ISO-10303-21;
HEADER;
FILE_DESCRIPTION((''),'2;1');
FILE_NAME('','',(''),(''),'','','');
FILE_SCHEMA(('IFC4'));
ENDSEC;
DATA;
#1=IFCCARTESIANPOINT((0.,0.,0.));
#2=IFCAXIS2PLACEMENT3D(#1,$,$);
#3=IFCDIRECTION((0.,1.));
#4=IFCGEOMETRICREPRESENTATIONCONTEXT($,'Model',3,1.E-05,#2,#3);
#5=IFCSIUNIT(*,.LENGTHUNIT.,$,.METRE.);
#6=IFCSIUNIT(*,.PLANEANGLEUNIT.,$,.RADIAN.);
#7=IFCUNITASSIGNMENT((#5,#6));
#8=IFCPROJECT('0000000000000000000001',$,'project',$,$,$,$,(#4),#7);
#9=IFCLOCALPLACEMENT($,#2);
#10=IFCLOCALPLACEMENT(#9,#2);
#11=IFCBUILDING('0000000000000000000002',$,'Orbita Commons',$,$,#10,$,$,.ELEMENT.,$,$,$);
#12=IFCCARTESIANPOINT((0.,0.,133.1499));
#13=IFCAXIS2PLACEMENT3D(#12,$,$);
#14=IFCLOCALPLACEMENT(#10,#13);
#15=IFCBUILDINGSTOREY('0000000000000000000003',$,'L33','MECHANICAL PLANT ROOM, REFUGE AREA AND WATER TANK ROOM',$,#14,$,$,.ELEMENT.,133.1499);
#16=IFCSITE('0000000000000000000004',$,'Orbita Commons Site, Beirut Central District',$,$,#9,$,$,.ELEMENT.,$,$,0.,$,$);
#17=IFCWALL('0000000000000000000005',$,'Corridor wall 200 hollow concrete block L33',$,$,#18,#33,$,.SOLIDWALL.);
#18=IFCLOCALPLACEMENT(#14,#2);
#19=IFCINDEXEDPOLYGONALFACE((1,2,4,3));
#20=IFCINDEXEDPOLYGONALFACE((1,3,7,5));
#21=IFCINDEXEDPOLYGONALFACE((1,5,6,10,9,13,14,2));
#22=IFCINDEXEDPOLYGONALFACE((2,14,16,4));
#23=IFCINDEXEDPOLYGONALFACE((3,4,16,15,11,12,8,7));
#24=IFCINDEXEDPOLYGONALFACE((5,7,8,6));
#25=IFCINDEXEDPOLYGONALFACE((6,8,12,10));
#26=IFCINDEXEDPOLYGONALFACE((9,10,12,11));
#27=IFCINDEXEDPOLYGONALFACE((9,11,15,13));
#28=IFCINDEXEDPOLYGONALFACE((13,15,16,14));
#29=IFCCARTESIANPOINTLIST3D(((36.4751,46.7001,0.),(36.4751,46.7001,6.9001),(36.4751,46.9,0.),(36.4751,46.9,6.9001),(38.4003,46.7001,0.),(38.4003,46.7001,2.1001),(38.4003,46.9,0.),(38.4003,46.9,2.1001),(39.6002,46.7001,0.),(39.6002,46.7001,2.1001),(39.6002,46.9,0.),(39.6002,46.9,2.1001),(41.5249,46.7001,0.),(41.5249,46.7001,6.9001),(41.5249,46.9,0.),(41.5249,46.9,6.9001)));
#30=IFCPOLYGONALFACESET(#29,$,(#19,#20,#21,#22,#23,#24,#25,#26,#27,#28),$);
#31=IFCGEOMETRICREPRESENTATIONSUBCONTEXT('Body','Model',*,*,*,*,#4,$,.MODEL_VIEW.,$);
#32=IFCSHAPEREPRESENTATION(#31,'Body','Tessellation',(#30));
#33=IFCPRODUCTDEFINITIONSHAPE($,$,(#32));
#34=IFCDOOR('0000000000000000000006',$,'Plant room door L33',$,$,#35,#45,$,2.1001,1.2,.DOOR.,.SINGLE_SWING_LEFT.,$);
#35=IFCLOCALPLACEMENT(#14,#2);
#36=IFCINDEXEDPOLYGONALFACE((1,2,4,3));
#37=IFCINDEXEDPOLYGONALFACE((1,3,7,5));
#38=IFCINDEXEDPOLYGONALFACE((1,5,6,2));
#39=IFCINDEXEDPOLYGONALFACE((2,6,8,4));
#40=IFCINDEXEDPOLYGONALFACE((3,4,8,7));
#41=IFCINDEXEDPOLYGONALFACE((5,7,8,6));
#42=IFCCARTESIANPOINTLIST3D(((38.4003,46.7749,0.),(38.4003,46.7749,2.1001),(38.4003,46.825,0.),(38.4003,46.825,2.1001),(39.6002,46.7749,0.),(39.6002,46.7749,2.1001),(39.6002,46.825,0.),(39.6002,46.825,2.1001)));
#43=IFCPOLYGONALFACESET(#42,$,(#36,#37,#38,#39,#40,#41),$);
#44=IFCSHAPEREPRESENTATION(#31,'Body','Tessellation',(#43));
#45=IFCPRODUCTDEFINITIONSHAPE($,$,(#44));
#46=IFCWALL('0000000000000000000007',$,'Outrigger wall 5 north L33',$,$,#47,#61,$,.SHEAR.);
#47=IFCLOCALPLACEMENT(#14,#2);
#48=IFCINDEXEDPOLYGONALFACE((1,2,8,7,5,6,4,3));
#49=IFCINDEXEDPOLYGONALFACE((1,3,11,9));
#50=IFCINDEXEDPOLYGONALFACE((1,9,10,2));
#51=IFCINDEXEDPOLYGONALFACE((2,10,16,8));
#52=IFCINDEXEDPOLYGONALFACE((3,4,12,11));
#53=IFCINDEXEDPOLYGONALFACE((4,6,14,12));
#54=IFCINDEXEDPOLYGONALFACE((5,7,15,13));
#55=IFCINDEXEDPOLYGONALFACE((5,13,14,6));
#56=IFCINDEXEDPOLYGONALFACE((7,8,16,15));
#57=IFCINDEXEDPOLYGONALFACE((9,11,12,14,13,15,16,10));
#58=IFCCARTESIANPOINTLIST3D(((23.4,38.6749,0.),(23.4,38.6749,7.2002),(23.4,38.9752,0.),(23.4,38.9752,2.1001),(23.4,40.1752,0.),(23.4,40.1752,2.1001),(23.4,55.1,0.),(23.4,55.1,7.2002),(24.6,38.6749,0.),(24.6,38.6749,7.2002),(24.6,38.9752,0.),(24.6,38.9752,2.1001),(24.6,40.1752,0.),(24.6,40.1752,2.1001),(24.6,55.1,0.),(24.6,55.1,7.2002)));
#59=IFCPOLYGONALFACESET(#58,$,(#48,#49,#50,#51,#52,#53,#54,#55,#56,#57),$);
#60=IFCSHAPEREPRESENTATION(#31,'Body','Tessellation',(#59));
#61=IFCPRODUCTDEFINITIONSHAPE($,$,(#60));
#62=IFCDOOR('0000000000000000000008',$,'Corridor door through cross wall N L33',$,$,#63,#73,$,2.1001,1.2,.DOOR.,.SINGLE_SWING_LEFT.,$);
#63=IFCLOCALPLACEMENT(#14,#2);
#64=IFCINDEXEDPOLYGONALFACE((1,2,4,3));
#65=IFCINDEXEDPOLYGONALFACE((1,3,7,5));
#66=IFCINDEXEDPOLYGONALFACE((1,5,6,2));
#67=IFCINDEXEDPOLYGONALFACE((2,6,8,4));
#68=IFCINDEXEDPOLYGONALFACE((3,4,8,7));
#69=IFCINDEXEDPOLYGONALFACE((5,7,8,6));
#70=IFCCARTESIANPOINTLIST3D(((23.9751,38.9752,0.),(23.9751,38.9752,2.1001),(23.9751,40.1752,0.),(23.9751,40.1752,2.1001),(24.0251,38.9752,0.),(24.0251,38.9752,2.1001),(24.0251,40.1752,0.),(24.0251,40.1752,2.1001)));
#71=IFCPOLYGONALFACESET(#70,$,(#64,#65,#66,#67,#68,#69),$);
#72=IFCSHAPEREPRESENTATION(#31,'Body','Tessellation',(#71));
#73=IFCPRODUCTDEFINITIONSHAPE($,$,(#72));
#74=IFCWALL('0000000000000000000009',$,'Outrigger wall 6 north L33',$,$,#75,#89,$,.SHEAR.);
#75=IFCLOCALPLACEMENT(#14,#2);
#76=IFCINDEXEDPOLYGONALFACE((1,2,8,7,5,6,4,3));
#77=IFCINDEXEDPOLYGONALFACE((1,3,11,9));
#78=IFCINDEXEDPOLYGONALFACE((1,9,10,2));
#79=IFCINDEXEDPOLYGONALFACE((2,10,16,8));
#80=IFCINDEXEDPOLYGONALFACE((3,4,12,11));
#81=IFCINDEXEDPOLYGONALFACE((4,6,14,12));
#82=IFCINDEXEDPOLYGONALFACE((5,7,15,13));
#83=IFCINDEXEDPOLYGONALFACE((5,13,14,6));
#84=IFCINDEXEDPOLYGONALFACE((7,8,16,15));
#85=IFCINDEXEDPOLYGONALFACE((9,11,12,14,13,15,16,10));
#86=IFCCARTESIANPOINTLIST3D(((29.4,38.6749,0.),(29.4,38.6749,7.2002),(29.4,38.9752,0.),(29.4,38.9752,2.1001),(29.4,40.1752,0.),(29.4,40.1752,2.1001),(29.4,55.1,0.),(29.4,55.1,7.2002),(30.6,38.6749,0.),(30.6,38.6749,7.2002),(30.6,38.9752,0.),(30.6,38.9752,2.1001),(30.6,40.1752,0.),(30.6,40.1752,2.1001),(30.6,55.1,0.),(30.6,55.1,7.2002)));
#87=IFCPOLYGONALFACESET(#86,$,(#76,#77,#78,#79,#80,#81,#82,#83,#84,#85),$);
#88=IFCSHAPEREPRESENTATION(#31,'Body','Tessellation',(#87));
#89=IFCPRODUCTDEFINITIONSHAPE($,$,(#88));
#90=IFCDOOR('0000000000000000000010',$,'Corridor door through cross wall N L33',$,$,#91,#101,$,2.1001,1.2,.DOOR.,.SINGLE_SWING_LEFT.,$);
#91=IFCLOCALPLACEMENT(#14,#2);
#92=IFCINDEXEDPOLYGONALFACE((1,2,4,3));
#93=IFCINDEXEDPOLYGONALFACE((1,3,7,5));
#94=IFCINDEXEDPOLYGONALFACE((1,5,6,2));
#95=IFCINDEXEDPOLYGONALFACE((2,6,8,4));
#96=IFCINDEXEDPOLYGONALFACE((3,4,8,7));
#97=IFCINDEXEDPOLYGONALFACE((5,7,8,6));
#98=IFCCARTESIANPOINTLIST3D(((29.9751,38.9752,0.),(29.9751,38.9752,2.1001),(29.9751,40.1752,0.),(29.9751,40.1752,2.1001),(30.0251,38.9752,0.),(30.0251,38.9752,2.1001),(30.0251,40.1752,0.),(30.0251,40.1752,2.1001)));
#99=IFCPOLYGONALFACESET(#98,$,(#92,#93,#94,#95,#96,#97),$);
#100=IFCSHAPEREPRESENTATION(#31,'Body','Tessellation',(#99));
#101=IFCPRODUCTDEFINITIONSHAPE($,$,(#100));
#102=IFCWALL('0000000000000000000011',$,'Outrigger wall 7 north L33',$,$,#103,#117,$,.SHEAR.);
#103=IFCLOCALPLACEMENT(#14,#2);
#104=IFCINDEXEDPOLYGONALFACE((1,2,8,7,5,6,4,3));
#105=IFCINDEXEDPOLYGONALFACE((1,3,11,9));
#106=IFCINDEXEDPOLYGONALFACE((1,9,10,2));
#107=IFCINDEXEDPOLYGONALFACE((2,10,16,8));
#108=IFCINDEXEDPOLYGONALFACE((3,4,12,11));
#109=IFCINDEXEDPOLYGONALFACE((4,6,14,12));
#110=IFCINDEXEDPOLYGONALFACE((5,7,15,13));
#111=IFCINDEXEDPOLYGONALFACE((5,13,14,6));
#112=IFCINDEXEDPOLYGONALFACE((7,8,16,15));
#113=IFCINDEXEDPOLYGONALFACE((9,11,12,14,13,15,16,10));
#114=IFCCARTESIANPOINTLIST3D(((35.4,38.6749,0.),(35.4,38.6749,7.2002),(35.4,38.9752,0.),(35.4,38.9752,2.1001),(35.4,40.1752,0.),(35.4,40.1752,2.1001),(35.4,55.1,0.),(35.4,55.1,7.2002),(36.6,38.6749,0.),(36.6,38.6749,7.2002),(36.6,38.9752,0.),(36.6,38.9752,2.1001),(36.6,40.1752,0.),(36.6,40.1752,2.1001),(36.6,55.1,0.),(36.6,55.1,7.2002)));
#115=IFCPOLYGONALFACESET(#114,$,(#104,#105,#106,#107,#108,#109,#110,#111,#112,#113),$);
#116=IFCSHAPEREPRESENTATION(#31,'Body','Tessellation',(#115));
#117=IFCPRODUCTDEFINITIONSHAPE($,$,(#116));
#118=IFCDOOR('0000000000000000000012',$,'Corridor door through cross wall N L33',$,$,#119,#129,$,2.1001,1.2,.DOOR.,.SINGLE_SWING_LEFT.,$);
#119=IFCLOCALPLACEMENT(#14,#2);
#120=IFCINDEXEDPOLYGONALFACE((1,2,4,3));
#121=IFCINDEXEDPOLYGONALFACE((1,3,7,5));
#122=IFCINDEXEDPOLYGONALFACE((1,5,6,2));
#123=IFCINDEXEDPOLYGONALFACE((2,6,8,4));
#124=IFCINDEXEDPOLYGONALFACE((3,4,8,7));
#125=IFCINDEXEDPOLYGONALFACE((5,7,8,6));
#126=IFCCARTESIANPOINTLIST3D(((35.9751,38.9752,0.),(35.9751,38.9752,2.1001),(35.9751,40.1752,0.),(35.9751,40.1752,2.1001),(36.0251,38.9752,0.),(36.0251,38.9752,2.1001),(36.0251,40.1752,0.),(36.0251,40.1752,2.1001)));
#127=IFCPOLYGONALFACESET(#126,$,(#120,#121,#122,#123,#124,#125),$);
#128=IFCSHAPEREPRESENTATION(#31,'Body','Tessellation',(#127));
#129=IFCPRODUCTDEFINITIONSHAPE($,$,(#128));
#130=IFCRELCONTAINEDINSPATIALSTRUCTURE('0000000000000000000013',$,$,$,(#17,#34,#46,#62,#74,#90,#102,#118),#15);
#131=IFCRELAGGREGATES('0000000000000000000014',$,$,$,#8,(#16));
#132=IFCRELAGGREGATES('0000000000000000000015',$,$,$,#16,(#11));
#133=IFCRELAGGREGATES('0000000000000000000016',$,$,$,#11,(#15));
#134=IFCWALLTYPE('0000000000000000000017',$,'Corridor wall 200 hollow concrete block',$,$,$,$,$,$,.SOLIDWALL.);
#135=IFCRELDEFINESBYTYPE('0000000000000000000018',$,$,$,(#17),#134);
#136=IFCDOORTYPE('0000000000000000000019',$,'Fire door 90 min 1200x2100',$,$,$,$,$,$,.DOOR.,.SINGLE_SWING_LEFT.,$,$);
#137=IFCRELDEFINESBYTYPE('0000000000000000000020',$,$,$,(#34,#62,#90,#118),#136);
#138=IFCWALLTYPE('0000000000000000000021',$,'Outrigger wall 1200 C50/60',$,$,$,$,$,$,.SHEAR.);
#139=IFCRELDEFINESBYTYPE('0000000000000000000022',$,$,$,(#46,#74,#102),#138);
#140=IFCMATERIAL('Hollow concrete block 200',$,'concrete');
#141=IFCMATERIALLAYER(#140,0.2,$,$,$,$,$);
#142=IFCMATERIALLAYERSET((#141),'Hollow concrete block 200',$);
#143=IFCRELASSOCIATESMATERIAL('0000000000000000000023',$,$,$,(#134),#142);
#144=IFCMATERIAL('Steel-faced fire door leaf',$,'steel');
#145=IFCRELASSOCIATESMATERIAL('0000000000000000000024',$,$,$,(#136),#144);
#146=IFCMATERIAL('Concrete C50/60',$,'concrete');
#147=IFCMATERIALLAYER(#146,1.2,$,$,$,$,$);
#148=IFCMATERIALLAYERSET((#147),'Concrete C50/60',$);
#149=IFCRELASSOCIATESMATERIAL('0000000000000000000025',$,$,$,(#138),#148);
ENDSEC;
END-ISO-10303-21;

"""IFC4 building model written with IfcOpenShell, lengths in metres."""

from ifc_helpers import new_model, si_unit, direction, frame, frame_2d, origin, place, context, subcontext, project, spatial, rectangle, extrude, material, layer, layer_set, type_object, element, fill, save


model = new_model("IFC4")

# Units and contexts
model_context = context("Model", 3, precision=1e-05, world=origin(), true_north=direction((0.0, 1.0)))
body_context = subcontext(model_context, "Body", "Model", "MODEL_VIEW")
ifc_project = project(units=[si_unit("LENGTHUNIT", "METRE"), si_unit("PLANEANGLEUNIT", "RADIAN")], contexts=[model_context])

# Site, building, storey
site_placement = place(None, origin())
site = spatial("IfcSite", under=ifc_project, at=site_placement, Name="Orbita Commons Site, Beirut Central District", CompositionType="ELEMENT", RefElevation=0.0)
building_placement = place(site_placement, origin())
building = spatial("IfcBuilding", under=site, at=building_placement, Name="Orbita Commons", CompositionType="ELEMENT")
storey_placement = place(building_placement, frame((0.0, 0.0, 133.1499)))
storey = spatial("IfcBuildingStorey", under=building, at=storey_placement, Name="L33", Description="MECHANICAL PLANT ROOM, REFUGE AREA AND WATER TANK ROOM", CompositionType="ELEMENT", Elevation=133.1499)

# Walls, openings, doors
ifc_material_1 = material(Name="Hollow concrete block 200", Category="concrete")
ifc_layer_1 = layer(ifc_material_1, 0.2)
ifc_layer_set_1 = layer_set([ifc_layer_1], Name="Hollow concrete block 200")
wall_type_1 = type_object("IfcWallType", Name="Corridor wall 200 hollow concrete block", PredefinedType="SOLIDWALL", material=ifc_layer_set_1)
ifc_material_2 = material(Name="Steel-faced fire door leaf", Category="steel")
door_type_1 = type_object("IfcDoorType", Name="Fire door 90 min 1200x2100", OperationType="SINGLE_SWING_LEFT", PredefinedType="DOOR", material=ifc_material_2)
wall_1_placement = place(storey_placement, frame((36.4751, 46.8, 0.0), z_axis=(0.0, 0.0, 1.0), x_axis=(1.0, 0.0, 0.0)))
wall_1 = element("IfcWall", 1, at=wall_1_placement, inside=storey, type_object=wall_type_1, Name="Corridor wall 200 hollow concrete block L33", PredefinedType="SOLIDWALL", context=body_context, shape_type="SweptSolid", body=[
    extrude(rectangle(XDim=5.0498, YDim=0.2, at=frame_2d((2.5249, 0.0))), origin(), (0.0, 0.0, 1.0), 6.9001),
])
opening_1_placement = place(wall_1_placement, frame((1.925, 0.0, 0.0)))
opening_1 = element("IfcOpeningElement", 2, at=opening_1_placement, cuts=wall_1, PredefinedType="OPENING", context=body_context, shape_type="SweptSolid", body=[
    extrude(rectangle(XDim=1.2, YDim=2.1001, at=frame_2d((0.6001, 1.05))), frame((0.0, 0.1099, 0.0), z_axis=(0.0, -1.0, 0.0), x_axis=(1.0, 0.0, 0.0)), (0.0, 0.0, 1.0), 0.22),
])
door_1_placement = place(opening_1_placement, origin())
door_1 = element("IfcDoor", 3, at=door_1_placement, inside=storey, type_object=door_type_1, Name="Plant room door L33", OperationType="SINGLE_SWING_LEFT", OverallHeight=2.1001, OverallWidth=1.2, PredefinedType="DOOR", context=body_context, shape_type="SweptSolid", body=[
    extrude(rectangle(XDim=1.2, YDim=2.1001, at=frame_2d((0.6001, 1.05))), frame((0.0, 0.0249, 0.0), z_axis=(0.0, -1.0, 0.0), x_axis=(1.0, 0.0, 0.0)), (0.0, 0.0, 1.0), 0.05),
])
fill(opening_1, door_1)
ifc_material_3 = material(Name="Concrete C50/60", Category="concrete")
ifc_layer_2 = layer(ifc_material_3, 1.2)
ifc_layer_set_2 = layer_set([ifc_layer_2], Name="Concrete C50/60")
wall_type_2 = type_object("IfcWallType", Name="Outrigger wall 1200 C50/60", PredefinedType="SHEAR", material=ifc_layer_set_2)
wall_2_placement = place(storey_placement, frame((24.0, 38.675, 0.0), z_axis=(0.0, 0.0, 1.0), x_axis=(0.0, 1.0, 0.0)))
wall_2 = element("IfcWall", 4, at=wall_2_placement, inside=storey, type_object=wall_type_2, Name="Outrigger wall 5 north L33", PredefinedType="SHEAR", context=body_context, shape_type="SweptSolid", body=[
    extrude(rectangle(XDim=16.425, YDim=1.2, at=frame_2d((8.2124, 0.0))), origin(), (0.0, 0.0, 1.0), 7.2002),
])
opening_2_placement = place(wall_2_placement, frame((0.3, 0.0, 0.0)))
opening_2 = element("IfcOpeningElement", 5, at=opening_2_placement, cuts=wall_2, PredefinedType="OPENING", context=body_context, shape_type="SweptSolid", body=[
    extrude(rectangle(XDim=1.2, YDim=2.1001, at=frame_2d((0.6001, 1.05))), frame((0.0, 0.6099, 0.0), z_axis=(0.0, -1.0, 0.0), x_axis=(1.0, 0.0, 0.0)), (0.0, 0.0, 1.0), 1.22),
])
door_2_placement = place(opening_2_placement, origin())
door_2 = element("IfcDoor", 6, at=door_2_placement, inside=storey, type_object=door_type_1, Name="Corridor door through cross wall N L33", OperationType="SINGLE_SWING_LEFT", OverallHeight=2.1001, OverallWidth=1.2, PredefinedType="DOOR", context=body_context, shape_type="SweptSolid", body=[
    extrude(rectangle(XDim=1.2, YDim=2.1001, at=frame_2d((0.6001, 1.05))), frame((0.0, 0.0249, 0.0), z_axis=(0.0, -1.0, 0.0), x_axis=(1.0, 0.0, 0.0)), (0.0, 0.0, 1.0), 0.05),
])
fill(opening_2, door_2)
wall_3_placement = place(storey_placement, frame((30.0, 38.675, 0.0), z_axis=(0.0, 0.0, 1.0), x_axis=(0.0, 1.0, 0.0)))
wall_3 = element("IfcWall", 7, at=wall_3_placement, inside=storey, type_object=wall_type_2, Name="Outrigger wall 6 north L33", PredefinedType="SHEAR", context=body_context, shape_type="SweptSolid", body=[
    extrude(rectangle(XDim=16.425, YDim=1.2, at=frame_2d((8.2124, 0.0))), origin(), (0.0, 0.0, 1.0), 7.2002),
])
opening_3_placement = place(wall_3_placement, frame((0.3, 0.0, 0.0)))
opening_3 = element("IfcOpeningElement", 8, at=opening_3_placement, cuts=wall_3, PredefinedType="OPENING", context=body_context, shape_type="SweptSolid", body=[
    extrude(rectangle(XDim=1.2, YDim=2.1001, at=frame_2d((0.6001, 1.05))), frame((0.0, 0.6099, 0.0), z_axis=(0.0, -1.0, 0.0), x_axis=(1.0, 0.0, 0.0)), (0.0, 0.0, 1.0), 1.22),
])
door_3_placement = place(opening_3_placement, origin())
door_3 = element("IfcDoor", 9, at=door_3_placement, inside=storey, type_object=door_type_1, Name="Corridor door through cross wall N L33", OperationType="SINGLE_SWING_LEFT", OverallHeight=2.1001, OverallWidth=1.2, PredefinedType="DOOR", context=body_context, shape_type="SweptSolid", body=[
    extrude(rectangle(XDim=1.2, YDim=2.1001, at=frame_2d((0.6001, 1.05))), frame((0.0, 0.0249, 0.0), z_axis=(0.0, -1.0, 0.0), x_axis=(1.0, 0.0, 0.0)), (0.0, 0.0, 1.0), 0.05),
])
fill(opening_3, door_3)
wall_4_placement = place(storey_placement, frame((36.0, 38.675, 0.0), z_axis=(0.0, 0.0, 1.0), x_axis=(0.0, 1.0, 0.0)))
wall_4 = element("IfcWall", 10, at=wall_4_placement, inside=storey, type_object=wall_type_2, Name="Outrigger wall 7 north L33", PredefinedType="SHEAR", context=body_context, shape_type="SweptSolid", body=[
    extrude(rectangle(XDim=16.425, YDim=1.2, at=frame_2d((8.2124, 0.0))), origin(), (0.0, 0.0, 1.0), 7.2002),
])
opening_4_placement = place(wall_4_placement, frame((0.3, 0.0, 0.0)))
opening_4 = element("IfcOpeningElement", 11, at=opening_4_placement, cuts=wall_4, PredefinedType="OPENING", context=body_context, shape_type="SweptSolid", body=[
    extrude(rectangle(XDim=1.2, YDim=2.1001, at=frame_2d((0.6001, 1.05))), frame((0.0, 0.6099, 0.0), z_axis=(0.0, -1.0, 0.0), x_axis=(1.0, 0.0, 0.0)), (0.0, 0.0, 1.0), 1.22),
])
door_4_placement = place(opening_4_placement, origin())
door_4 = element("IfcDoor", 12, at=door_4_placement, inside=storey, type_object=door_type_1, Name="Corridor door through cross wall N L33", OperationType="SINGLE_SWING_LEFT", OverallHeight=2.1001, OverallWidth=1.2, PredefinedType="DOOR", context=body_context, shape_type="SweptSolid", body=[
    extrude(rectangle(XDim=1.2, YDim=2.1001, at=frame_2d((0.6001, 1.05))), frame((0.0, 0.0249, 0.0), z_axis=(0.0, -1.0, 0.0), x_axis=(1.0, 0.0, 0.0)), (0.0, 0.0, 1.0), 0.05),
])
fill(opening_4, door_4)

save(model, "model.ifc")
